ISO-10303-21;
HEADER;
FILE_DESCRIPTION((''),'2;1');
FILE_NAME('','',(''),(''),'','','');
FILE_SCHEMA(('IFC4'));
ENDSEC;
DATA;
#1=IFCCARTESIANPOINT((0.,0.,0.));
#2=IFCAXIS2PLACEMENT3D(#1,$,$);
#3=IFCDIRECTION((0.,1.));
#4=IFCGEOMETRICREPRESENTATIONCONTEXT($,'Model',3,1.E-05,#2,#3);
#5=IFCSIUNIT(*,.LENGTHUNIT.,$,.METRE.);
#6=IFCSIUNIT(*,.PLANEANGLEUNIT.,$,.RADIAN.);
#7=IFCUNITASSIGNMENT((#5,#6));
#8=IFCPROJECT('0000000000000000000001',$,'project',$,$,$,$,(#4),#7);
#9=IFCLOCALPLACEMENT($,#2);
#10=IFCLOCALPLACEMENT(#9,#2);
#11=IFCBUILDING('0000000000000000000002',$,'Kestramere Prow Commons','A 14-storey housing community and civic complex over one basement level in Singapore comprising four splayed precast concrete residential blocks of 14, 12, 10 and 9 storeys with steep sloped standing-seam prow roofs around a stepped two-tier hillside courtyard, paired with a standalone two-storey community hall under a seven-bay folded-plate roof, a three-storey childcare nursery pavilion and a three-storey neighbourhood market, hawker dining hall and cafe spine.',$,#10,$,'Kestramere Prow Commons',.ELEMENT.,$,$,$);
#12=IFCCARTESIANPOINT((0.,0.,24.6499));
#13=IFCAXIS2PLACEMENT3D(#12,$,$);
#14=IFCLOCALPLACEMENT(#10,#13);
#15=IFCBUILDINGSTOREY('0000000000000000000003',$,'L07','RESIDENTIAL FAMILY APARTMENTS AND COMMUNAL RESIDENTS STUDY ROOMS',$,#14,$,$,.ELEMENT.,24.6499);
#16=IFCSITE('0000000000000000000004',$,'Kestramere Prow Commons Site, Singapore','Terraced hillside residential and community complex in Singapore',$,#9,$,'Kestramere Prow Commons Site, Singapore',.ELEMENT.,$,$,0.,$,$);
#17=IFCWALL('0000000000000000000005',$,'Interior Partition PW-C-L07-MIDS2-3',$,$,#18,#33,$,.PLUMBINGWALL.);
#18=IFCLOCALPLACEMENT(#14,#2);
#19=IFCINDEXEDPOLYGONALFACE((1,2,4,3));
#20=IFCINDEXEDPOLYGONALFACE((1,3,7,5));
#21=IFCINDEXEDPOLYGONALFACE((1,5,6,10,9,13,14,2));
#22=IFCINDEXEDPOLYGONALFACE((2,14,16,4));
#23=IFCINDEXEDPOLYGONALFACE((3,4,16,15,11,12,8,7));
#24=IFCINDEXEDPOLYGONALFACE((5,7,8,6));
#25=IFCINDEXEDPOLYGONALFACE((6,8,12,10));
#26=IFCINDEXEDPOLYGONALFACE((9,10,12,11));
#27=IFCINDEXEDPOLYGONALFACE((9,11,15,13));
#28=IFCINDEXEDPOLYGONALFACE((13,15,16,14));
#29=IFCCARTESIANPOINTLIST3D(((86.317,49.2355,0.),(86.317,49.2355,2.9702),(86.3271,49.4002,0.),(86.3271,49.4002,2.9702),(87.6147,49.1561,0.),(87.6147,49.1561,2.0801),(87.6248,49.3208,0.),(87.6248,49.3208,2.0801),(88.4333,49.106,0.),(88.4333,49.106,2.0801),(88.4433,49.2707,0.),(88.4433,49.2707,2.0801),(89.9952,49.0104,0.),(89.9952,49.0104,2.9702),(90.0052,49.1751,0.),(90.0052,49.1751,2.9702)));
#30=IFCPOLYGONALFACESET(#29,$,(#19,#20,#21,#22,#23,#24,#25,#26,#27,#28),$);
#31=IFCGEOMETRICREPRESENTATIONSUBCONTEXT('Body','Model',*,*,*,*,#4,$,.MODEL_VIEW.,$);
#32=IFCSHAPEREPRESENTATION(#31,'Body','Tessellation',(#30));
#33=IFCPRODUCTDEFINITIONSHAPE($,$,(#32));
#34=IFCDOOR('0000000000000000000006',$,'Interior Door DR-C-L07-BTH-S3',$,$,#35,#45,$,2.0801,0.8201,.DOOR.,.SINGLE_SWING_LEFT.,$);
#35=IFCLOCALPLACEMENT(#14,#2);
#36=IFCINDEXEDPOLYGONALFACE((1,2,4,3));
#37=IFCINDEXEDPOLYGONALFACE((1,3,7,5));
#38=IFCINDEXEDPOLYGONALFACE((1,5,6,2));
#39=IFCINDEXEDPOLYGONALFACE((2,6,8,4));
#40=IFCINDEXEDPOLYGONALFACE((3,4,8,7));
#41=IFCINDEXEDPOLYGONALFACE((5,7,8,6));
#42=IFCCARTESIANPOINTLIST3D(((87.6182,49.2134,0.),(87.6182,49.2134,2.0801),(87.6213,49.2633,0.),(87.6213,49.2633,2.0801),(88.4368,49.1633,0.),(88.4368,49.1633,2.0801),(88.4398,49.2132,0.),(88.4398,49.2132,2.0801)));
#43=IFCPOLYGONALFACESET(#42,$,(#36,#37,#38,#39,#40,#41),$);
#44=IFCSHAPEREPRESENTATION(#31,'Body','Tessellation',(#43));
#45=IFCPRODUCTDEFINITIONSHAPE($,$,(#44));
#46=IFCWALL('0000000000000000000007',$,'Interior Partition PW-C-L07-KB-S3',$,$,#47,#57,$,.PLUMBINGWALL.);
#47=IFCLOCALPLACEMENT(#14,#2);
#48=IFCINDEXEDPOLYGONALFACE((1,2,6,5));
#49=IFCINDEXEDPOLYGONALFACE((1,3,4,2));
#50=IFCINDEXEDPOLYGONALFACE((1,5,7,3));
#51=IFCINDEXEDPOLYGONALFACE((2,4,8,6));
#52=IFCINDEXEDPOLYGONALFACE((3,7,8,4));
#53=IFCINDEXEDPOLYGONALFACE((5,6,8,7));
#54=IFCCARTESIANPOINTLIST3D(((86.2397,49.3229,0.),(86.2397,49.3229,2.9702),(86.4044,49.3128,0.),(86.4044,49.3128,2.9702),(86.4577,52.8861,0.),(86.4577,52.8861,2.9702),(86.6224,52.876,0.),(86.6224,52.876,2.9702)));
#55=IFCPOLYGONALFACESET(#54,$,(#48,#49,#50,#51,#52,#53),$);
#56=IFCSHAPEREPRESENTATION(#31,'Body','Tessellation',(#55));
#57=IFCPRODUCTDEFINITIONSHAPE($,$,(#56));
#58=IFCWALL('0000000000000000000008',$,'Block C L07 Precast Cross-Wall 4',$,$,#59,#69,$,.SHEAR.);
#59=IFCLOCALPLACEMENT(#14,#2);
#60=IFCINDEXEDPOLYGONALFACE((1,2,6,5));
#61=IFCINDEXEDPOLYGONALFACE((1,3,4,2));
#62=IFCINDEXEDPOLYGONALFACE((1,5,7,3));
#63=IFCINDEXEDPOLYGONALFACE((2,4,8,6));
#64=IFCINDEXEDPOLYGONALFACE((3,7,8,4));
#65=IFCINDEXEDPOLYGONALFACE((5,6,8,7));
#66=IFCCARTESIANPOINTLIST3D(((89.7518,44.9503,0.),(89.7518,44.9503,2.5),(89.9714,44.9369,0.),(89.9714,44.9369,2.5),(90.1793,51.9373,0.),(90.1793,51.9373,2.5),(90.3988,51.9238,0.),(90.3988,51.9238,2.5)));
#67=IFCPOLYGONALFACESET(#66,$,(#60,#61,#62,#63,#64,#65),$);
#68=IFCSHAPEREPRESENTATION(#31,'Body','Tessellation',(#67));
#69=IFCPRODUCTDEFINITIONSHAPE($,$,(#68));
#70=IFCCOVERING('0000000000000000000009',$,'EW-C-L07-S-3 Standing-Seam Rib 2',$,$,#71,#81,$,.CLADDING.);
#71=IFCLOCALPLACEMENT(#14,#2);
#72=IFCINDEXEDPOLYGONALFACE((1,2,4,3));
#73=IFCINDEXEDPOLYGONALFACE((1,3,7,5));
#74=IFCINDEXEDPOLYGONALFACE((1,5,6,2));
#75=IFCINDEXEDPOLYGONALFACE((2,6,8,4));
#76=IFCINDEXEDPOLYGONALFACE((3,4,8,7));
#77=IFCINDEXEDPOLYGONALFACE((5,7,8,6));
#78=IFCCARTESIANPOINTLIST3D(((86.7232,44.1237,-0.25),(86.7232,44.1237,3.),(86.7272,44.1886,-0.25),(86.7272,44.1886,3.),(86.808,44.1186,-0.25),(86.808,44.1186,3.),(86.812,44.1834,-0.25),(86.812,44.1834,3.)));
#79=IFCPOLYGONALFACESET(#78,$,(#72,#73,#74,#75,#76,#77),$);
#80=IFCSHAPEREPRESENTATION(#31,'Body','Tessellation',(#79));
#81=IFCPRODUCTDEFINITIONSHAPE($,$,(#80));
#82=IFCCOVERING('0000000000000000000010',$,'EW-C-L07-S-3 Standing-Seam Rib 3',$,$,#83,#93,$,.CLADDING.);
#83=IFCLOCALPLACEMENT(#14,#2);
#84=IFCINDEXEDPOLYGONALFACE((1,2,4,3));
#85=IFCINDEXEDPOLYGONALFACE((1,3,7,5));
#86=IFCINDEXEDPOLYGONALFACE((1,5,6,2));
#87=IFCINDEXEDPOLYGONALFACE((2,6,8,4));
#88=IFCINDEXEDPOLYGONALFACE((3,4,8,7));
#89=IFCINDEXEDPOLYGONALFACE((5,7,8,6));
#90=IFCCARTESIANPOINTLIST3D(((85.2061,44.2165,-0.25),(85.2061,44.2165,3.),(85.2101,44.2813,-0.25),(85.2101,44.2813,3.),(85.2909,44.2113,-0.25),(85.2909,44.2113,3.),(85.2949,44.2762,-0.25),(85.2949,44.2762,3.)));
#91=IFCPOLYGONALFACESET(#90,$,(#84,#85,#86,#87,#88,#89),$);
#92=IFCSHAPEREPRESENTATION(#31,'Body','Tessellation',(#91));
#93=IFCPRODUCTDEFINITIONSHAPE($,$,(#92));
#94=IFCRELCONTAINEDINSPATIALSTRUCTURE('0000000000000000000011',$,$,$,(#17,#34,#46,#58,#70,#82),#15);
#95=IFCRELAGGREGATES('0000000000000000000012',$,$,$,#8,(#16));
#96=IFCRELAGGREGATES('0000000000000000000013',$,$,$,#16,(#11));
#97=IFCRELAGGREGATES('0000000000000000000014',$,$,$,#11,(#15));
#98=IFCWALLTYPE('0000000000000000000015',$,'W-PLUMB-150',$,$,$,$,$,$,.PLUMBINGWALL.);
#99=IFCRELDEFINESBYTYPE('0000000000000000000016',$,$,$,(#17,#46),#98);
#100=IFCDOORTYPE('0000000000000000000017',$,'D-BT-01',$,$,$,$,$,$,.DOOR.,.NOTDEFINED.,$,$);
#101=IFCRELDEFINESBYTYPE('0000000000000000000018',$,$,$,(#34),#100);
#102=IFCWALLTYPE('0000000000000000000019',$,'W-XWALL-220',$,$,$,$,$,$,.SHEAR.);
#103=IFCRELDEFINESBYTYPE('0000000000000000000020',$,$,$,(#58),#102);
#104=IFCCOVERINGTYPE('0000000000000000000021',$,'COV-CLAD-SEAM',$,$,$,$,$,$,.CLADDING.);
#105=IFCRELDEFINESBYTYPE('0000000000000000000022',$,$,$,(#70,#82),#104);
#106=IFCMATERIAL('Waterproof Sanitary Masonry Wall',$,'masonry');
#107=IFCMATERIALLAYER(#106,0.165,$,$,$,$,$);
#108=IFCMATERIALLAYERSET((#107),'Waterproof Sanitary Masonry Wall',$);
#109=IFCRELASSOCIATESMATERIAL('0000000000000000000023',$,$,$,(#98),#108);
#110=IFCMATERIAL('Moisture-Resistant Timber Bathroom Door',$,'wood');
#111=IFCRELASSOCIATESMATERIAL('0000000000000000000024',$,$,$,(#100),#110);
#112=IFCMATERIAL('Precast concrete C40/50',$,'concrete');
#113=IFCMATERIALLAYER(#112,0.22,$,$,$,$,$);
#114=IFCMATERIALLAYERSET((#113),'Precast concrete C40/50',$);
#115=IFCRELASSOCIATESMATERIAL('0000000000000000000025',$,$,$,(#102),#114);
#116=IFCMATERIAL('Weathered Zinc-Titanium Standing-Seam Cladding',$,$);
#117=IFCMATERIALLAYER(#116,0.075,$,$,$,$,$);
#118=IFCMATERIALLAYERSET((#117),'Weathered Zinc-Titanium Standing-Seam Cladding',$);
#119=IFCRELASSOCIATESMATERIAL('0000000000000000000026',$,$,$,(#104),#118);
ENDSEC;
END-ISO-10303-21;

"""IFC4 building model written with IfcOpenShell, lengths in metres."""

from ifc_helpers import new_model, si_unit, direction, frame, frame_2d, origin, origin_2d, place, context, subcontext, project, spatial, rectangle, extrude, material, layer, layer_set, type_object, element, fill, save


model = new_model("IFC4")

# Units and contexts
model_context = context("Model", 3, precision=1e-05, world=origin(), true_north=direction((0.0, 1.0)))
body_context = subcontext(model_context, "Body", "Model", "MODEL_VIEW")
ifc_project = project(units=[si_unit("LENGTHUNIT", "METRE"), si_unit("PLANEANGLEUNIT", "RADIAN")], contexts=[model_context])

# Site, building, storey
site_placement = place(None, origin())
site = spatial("IfcSite", under=ifc_project, at=site_placement, Name="Kestramere Prow Commons Site, Singapore", Description="Terraced hillside residential and community complex in Singapore", LongName="Kestramere Prow Commons Site, Singapore", CompositionType="ELEMENT", RefElevation=0.0)
building_placement = place(site_placement, origin())
building = spatial("IfcBuilding", under=site, at=building_placement, Name="Kestramere Prow Commons", Description="A 14-storey housing community and civic complex over one basement level in Singapore comprising four splayed precast concrete residential blocks of 14, 12, 10 and 9 storeys with steep sloped standing-seam prow roofs around a stepped two-tier hillside courtyard, paired with a standalone two-storey community hall under a seven-bay folded-plate roof, a three-storey childcare nursery pavilion and a three-storey neighbourhood market, hawker dining hall and cafe spine.", LongName="Kestramere Prow Commons", CompositionType="ELEMENT")
storey_placement = place(building_placement, frame((0.0, 0.0, 24.6499)))
storey = spatial("IfcBuildingStorey", under=building, at=storey_placement, Name="L07", Description="RESIDENTIAL FAMILY APARTMENTS AND COMMUNAL RESIDENTS STUDY ROOMS", CompositionType="ELEMENT", Elevation=24.6499)

# Shared definitions
ifc_material_1 = material(Name="Precast concrete C40/50", Category="concrete")

# Wall, opening, door
ifc_material_2 = material(Name="Waterproof Sanitary Masonry Wall", Category="masonry")
ifc_layer_1 = layer(ifc_material_2, 0.165)
ifc_layer_set_1 = layer_set([ifc_layer_1], Name="Waterproof Sanitary Masonry Wall")
wall_type_1 = type_object("IfcWallType", Name="W-PLUMB-150", PredefinedType="PLUMBINGWALL", material=ifc_layer_set_1)
wall_1_placement = place(storey_placement, frame((86.322, 49.3179, 0.0), z_axis=(0.0, 0.0, 1.0), x_axis=(0.998133, -0.061083, 0.0)))
wall_1 = element("IfcWall", 1, at=wall_1_placement, inside=storey, type_object=wall_type_1, Name="Interior Partition PW-C-L07-MIDS2-3", PredefinedType="PLUMBINGWALL", context=body_context, shape_type="SweptSolid", body=[
    extrude(rectangle(XDim=3.6851, YDim=0.165, at=frame_2d((1.8425, 0.0))), origin(), (0.0, 0.0, 1.0), 2.9702),
])
opening_1_placement = place(wall_1_placement, frame((1.3, 0.0, 0.0)))
opening_1 = element("IfcOpeningElement", 2, at=opening_1_placement, cuts=wall_1, PredefinedType="OPENING", context=body_context, shape_type="SweptSolid", body=[
    extrude(rectangle(XDim=0.8201, YDim=2.0801, at=frame_2d((0.4102, 1.04))), frame((0.0, 0.0974, 0.0), z_axis=(0.0, -1.0, 0.0), x_axis=(1.0, 0.0, 0.0)), (0.0, 0.0, 1.0), 0.1951),
])
ifc_material_3 = material(Name="Moisture-Resistant Timber Bathroom Door", Category="wood")
door_type_1 = type_object("IfcDoorType", Name="D-BT-01", OperationType="NOTDEFINED", PredefinedType="DOOR", material=ifc_material_3)
door_1_placement = place(opening_1_placement, origin())
door_1 = element("IfcDoor", 3, at=door_1_placement, inside=storey, type_object=door_type_1, Name="Interior Door DR-C-L07-BTH-S3", OperationType="SINGLE_SWING_LEFT", OverallHeight=2.0801, OverallWidth=0.8201, PredefinedType="DOOR", context=body_context, shape_type="SweptSolid", body=[
    extrude(rectangle(XDim=0.8201, YDim=2.0801, at=frame_2d((0.4102, 1.04))), frame((0.0, 0.0249, 0.0), z_axis=(0.0, -1.0, 0.0), x_axis=(1.0, 0.0, 0.0)), (0.0, 0.0, 1.0), 0.05),
])
fill(opening_1, door_1)

# Walls
wall_2_placement = place(storey_placement, frame((86.322, 49.3179, 0.0), z_axis=(0.0, 0.0, 1.0), x_axis=(0.061071, 0.998133, 0.0)))
element("IfcWall", 4, at=wall_2_placement, inside=storey, type_object=wall_type_1, Name="Interior Partition PW-C-L07-KB-S3", PredefinedType="PLUMBINGWALL", context=body_context, shape_type="SweptSolid", body=[
    extrude(rectangle(XDim=3.5698, YDim=0.165, at=frame_2d((1.7849, 0.0))), origin(), (0.0, 0.0, 1.0), 2.9702),
])
ifc_layer_2 = layer(ifc_material_1, 0.22)
ifc_layer_set_2 = layer_set([ifc_layer_2], Name="Precast concrete C40/50")
wall_type_2 = type_object("IfcWallType", Name="W-XWALL-220", PredefinedType="SHEAR", material=ifc_layer_set_2)
wall_3_placement = place(storey_placement, frame((89.8616, 44.9436, 0.0), z_axis=(0.0, 0.0, 1.0), x_axis=(0.061071, 0.998133, 0.0)))
element("IfcWall", 5, at=wall_3_placement, inside=storey, type_object=wall_type_2, Name="Block C L07 Precast Cross-Wall 4", PredefinedType="SHEAR", context=body_context, shape_type="SweptSolid", body=[
    extrude(rectangle(XDim=7.0, YDim=0.22, at=frame_2d((3.5, 0.0))), origin(), (0.0, 0.0, 1.0), 2.5),
])

# Coverings
ifc_material_4 = material(Name="Weathered Zinc-Titanium Standing-Seam Cladding")
ifc_layer_3 = layer(ifc_material_4, 0.075)
ifc_layer_set_3 = layer_set([ifc_layer_3], Name="Weathered Zinc-Titanium Standing-Seam Cladding")
covering_type = type_object("IfcCoveringType", Name="COV-CLAD-SEAM", PredefinedType="CLADDING", material=ifc_layer_set_3)
for number, where, z_axis, x_axis, name in (
    (6, (86.7676, 44.1536, -0.25), (0.0, 0.0, 1.0), (-0.998135, 0.061049, 0.0), "EW-C-L07-S-3 Standing-Seam Rib 2"),
    (7, (85.2505, 44.2463, -0.25), (0.0, 0.0, 1.0), (-0.998135, 0.061049, 0.0), "EW-C-L07-S-3 Standing-Seam Rib 3"),
):
    element("IfcCovering", number, at=place(storey_placement, frame(where, z_axis=z_axis, x_axis=x_axis)), inside=storey, type_object=covering_type, Name=name, PredefinedType="CLADDING", context=body_context, shape_type="SweptSolid", body=[
        extrude(rectangle(XDim=0.085, YDim=0.0649, at=origin_2d()), origin(), (0.0, 0.0, 1.0), 3.25),
    ])

save(model, "model.ifc")
